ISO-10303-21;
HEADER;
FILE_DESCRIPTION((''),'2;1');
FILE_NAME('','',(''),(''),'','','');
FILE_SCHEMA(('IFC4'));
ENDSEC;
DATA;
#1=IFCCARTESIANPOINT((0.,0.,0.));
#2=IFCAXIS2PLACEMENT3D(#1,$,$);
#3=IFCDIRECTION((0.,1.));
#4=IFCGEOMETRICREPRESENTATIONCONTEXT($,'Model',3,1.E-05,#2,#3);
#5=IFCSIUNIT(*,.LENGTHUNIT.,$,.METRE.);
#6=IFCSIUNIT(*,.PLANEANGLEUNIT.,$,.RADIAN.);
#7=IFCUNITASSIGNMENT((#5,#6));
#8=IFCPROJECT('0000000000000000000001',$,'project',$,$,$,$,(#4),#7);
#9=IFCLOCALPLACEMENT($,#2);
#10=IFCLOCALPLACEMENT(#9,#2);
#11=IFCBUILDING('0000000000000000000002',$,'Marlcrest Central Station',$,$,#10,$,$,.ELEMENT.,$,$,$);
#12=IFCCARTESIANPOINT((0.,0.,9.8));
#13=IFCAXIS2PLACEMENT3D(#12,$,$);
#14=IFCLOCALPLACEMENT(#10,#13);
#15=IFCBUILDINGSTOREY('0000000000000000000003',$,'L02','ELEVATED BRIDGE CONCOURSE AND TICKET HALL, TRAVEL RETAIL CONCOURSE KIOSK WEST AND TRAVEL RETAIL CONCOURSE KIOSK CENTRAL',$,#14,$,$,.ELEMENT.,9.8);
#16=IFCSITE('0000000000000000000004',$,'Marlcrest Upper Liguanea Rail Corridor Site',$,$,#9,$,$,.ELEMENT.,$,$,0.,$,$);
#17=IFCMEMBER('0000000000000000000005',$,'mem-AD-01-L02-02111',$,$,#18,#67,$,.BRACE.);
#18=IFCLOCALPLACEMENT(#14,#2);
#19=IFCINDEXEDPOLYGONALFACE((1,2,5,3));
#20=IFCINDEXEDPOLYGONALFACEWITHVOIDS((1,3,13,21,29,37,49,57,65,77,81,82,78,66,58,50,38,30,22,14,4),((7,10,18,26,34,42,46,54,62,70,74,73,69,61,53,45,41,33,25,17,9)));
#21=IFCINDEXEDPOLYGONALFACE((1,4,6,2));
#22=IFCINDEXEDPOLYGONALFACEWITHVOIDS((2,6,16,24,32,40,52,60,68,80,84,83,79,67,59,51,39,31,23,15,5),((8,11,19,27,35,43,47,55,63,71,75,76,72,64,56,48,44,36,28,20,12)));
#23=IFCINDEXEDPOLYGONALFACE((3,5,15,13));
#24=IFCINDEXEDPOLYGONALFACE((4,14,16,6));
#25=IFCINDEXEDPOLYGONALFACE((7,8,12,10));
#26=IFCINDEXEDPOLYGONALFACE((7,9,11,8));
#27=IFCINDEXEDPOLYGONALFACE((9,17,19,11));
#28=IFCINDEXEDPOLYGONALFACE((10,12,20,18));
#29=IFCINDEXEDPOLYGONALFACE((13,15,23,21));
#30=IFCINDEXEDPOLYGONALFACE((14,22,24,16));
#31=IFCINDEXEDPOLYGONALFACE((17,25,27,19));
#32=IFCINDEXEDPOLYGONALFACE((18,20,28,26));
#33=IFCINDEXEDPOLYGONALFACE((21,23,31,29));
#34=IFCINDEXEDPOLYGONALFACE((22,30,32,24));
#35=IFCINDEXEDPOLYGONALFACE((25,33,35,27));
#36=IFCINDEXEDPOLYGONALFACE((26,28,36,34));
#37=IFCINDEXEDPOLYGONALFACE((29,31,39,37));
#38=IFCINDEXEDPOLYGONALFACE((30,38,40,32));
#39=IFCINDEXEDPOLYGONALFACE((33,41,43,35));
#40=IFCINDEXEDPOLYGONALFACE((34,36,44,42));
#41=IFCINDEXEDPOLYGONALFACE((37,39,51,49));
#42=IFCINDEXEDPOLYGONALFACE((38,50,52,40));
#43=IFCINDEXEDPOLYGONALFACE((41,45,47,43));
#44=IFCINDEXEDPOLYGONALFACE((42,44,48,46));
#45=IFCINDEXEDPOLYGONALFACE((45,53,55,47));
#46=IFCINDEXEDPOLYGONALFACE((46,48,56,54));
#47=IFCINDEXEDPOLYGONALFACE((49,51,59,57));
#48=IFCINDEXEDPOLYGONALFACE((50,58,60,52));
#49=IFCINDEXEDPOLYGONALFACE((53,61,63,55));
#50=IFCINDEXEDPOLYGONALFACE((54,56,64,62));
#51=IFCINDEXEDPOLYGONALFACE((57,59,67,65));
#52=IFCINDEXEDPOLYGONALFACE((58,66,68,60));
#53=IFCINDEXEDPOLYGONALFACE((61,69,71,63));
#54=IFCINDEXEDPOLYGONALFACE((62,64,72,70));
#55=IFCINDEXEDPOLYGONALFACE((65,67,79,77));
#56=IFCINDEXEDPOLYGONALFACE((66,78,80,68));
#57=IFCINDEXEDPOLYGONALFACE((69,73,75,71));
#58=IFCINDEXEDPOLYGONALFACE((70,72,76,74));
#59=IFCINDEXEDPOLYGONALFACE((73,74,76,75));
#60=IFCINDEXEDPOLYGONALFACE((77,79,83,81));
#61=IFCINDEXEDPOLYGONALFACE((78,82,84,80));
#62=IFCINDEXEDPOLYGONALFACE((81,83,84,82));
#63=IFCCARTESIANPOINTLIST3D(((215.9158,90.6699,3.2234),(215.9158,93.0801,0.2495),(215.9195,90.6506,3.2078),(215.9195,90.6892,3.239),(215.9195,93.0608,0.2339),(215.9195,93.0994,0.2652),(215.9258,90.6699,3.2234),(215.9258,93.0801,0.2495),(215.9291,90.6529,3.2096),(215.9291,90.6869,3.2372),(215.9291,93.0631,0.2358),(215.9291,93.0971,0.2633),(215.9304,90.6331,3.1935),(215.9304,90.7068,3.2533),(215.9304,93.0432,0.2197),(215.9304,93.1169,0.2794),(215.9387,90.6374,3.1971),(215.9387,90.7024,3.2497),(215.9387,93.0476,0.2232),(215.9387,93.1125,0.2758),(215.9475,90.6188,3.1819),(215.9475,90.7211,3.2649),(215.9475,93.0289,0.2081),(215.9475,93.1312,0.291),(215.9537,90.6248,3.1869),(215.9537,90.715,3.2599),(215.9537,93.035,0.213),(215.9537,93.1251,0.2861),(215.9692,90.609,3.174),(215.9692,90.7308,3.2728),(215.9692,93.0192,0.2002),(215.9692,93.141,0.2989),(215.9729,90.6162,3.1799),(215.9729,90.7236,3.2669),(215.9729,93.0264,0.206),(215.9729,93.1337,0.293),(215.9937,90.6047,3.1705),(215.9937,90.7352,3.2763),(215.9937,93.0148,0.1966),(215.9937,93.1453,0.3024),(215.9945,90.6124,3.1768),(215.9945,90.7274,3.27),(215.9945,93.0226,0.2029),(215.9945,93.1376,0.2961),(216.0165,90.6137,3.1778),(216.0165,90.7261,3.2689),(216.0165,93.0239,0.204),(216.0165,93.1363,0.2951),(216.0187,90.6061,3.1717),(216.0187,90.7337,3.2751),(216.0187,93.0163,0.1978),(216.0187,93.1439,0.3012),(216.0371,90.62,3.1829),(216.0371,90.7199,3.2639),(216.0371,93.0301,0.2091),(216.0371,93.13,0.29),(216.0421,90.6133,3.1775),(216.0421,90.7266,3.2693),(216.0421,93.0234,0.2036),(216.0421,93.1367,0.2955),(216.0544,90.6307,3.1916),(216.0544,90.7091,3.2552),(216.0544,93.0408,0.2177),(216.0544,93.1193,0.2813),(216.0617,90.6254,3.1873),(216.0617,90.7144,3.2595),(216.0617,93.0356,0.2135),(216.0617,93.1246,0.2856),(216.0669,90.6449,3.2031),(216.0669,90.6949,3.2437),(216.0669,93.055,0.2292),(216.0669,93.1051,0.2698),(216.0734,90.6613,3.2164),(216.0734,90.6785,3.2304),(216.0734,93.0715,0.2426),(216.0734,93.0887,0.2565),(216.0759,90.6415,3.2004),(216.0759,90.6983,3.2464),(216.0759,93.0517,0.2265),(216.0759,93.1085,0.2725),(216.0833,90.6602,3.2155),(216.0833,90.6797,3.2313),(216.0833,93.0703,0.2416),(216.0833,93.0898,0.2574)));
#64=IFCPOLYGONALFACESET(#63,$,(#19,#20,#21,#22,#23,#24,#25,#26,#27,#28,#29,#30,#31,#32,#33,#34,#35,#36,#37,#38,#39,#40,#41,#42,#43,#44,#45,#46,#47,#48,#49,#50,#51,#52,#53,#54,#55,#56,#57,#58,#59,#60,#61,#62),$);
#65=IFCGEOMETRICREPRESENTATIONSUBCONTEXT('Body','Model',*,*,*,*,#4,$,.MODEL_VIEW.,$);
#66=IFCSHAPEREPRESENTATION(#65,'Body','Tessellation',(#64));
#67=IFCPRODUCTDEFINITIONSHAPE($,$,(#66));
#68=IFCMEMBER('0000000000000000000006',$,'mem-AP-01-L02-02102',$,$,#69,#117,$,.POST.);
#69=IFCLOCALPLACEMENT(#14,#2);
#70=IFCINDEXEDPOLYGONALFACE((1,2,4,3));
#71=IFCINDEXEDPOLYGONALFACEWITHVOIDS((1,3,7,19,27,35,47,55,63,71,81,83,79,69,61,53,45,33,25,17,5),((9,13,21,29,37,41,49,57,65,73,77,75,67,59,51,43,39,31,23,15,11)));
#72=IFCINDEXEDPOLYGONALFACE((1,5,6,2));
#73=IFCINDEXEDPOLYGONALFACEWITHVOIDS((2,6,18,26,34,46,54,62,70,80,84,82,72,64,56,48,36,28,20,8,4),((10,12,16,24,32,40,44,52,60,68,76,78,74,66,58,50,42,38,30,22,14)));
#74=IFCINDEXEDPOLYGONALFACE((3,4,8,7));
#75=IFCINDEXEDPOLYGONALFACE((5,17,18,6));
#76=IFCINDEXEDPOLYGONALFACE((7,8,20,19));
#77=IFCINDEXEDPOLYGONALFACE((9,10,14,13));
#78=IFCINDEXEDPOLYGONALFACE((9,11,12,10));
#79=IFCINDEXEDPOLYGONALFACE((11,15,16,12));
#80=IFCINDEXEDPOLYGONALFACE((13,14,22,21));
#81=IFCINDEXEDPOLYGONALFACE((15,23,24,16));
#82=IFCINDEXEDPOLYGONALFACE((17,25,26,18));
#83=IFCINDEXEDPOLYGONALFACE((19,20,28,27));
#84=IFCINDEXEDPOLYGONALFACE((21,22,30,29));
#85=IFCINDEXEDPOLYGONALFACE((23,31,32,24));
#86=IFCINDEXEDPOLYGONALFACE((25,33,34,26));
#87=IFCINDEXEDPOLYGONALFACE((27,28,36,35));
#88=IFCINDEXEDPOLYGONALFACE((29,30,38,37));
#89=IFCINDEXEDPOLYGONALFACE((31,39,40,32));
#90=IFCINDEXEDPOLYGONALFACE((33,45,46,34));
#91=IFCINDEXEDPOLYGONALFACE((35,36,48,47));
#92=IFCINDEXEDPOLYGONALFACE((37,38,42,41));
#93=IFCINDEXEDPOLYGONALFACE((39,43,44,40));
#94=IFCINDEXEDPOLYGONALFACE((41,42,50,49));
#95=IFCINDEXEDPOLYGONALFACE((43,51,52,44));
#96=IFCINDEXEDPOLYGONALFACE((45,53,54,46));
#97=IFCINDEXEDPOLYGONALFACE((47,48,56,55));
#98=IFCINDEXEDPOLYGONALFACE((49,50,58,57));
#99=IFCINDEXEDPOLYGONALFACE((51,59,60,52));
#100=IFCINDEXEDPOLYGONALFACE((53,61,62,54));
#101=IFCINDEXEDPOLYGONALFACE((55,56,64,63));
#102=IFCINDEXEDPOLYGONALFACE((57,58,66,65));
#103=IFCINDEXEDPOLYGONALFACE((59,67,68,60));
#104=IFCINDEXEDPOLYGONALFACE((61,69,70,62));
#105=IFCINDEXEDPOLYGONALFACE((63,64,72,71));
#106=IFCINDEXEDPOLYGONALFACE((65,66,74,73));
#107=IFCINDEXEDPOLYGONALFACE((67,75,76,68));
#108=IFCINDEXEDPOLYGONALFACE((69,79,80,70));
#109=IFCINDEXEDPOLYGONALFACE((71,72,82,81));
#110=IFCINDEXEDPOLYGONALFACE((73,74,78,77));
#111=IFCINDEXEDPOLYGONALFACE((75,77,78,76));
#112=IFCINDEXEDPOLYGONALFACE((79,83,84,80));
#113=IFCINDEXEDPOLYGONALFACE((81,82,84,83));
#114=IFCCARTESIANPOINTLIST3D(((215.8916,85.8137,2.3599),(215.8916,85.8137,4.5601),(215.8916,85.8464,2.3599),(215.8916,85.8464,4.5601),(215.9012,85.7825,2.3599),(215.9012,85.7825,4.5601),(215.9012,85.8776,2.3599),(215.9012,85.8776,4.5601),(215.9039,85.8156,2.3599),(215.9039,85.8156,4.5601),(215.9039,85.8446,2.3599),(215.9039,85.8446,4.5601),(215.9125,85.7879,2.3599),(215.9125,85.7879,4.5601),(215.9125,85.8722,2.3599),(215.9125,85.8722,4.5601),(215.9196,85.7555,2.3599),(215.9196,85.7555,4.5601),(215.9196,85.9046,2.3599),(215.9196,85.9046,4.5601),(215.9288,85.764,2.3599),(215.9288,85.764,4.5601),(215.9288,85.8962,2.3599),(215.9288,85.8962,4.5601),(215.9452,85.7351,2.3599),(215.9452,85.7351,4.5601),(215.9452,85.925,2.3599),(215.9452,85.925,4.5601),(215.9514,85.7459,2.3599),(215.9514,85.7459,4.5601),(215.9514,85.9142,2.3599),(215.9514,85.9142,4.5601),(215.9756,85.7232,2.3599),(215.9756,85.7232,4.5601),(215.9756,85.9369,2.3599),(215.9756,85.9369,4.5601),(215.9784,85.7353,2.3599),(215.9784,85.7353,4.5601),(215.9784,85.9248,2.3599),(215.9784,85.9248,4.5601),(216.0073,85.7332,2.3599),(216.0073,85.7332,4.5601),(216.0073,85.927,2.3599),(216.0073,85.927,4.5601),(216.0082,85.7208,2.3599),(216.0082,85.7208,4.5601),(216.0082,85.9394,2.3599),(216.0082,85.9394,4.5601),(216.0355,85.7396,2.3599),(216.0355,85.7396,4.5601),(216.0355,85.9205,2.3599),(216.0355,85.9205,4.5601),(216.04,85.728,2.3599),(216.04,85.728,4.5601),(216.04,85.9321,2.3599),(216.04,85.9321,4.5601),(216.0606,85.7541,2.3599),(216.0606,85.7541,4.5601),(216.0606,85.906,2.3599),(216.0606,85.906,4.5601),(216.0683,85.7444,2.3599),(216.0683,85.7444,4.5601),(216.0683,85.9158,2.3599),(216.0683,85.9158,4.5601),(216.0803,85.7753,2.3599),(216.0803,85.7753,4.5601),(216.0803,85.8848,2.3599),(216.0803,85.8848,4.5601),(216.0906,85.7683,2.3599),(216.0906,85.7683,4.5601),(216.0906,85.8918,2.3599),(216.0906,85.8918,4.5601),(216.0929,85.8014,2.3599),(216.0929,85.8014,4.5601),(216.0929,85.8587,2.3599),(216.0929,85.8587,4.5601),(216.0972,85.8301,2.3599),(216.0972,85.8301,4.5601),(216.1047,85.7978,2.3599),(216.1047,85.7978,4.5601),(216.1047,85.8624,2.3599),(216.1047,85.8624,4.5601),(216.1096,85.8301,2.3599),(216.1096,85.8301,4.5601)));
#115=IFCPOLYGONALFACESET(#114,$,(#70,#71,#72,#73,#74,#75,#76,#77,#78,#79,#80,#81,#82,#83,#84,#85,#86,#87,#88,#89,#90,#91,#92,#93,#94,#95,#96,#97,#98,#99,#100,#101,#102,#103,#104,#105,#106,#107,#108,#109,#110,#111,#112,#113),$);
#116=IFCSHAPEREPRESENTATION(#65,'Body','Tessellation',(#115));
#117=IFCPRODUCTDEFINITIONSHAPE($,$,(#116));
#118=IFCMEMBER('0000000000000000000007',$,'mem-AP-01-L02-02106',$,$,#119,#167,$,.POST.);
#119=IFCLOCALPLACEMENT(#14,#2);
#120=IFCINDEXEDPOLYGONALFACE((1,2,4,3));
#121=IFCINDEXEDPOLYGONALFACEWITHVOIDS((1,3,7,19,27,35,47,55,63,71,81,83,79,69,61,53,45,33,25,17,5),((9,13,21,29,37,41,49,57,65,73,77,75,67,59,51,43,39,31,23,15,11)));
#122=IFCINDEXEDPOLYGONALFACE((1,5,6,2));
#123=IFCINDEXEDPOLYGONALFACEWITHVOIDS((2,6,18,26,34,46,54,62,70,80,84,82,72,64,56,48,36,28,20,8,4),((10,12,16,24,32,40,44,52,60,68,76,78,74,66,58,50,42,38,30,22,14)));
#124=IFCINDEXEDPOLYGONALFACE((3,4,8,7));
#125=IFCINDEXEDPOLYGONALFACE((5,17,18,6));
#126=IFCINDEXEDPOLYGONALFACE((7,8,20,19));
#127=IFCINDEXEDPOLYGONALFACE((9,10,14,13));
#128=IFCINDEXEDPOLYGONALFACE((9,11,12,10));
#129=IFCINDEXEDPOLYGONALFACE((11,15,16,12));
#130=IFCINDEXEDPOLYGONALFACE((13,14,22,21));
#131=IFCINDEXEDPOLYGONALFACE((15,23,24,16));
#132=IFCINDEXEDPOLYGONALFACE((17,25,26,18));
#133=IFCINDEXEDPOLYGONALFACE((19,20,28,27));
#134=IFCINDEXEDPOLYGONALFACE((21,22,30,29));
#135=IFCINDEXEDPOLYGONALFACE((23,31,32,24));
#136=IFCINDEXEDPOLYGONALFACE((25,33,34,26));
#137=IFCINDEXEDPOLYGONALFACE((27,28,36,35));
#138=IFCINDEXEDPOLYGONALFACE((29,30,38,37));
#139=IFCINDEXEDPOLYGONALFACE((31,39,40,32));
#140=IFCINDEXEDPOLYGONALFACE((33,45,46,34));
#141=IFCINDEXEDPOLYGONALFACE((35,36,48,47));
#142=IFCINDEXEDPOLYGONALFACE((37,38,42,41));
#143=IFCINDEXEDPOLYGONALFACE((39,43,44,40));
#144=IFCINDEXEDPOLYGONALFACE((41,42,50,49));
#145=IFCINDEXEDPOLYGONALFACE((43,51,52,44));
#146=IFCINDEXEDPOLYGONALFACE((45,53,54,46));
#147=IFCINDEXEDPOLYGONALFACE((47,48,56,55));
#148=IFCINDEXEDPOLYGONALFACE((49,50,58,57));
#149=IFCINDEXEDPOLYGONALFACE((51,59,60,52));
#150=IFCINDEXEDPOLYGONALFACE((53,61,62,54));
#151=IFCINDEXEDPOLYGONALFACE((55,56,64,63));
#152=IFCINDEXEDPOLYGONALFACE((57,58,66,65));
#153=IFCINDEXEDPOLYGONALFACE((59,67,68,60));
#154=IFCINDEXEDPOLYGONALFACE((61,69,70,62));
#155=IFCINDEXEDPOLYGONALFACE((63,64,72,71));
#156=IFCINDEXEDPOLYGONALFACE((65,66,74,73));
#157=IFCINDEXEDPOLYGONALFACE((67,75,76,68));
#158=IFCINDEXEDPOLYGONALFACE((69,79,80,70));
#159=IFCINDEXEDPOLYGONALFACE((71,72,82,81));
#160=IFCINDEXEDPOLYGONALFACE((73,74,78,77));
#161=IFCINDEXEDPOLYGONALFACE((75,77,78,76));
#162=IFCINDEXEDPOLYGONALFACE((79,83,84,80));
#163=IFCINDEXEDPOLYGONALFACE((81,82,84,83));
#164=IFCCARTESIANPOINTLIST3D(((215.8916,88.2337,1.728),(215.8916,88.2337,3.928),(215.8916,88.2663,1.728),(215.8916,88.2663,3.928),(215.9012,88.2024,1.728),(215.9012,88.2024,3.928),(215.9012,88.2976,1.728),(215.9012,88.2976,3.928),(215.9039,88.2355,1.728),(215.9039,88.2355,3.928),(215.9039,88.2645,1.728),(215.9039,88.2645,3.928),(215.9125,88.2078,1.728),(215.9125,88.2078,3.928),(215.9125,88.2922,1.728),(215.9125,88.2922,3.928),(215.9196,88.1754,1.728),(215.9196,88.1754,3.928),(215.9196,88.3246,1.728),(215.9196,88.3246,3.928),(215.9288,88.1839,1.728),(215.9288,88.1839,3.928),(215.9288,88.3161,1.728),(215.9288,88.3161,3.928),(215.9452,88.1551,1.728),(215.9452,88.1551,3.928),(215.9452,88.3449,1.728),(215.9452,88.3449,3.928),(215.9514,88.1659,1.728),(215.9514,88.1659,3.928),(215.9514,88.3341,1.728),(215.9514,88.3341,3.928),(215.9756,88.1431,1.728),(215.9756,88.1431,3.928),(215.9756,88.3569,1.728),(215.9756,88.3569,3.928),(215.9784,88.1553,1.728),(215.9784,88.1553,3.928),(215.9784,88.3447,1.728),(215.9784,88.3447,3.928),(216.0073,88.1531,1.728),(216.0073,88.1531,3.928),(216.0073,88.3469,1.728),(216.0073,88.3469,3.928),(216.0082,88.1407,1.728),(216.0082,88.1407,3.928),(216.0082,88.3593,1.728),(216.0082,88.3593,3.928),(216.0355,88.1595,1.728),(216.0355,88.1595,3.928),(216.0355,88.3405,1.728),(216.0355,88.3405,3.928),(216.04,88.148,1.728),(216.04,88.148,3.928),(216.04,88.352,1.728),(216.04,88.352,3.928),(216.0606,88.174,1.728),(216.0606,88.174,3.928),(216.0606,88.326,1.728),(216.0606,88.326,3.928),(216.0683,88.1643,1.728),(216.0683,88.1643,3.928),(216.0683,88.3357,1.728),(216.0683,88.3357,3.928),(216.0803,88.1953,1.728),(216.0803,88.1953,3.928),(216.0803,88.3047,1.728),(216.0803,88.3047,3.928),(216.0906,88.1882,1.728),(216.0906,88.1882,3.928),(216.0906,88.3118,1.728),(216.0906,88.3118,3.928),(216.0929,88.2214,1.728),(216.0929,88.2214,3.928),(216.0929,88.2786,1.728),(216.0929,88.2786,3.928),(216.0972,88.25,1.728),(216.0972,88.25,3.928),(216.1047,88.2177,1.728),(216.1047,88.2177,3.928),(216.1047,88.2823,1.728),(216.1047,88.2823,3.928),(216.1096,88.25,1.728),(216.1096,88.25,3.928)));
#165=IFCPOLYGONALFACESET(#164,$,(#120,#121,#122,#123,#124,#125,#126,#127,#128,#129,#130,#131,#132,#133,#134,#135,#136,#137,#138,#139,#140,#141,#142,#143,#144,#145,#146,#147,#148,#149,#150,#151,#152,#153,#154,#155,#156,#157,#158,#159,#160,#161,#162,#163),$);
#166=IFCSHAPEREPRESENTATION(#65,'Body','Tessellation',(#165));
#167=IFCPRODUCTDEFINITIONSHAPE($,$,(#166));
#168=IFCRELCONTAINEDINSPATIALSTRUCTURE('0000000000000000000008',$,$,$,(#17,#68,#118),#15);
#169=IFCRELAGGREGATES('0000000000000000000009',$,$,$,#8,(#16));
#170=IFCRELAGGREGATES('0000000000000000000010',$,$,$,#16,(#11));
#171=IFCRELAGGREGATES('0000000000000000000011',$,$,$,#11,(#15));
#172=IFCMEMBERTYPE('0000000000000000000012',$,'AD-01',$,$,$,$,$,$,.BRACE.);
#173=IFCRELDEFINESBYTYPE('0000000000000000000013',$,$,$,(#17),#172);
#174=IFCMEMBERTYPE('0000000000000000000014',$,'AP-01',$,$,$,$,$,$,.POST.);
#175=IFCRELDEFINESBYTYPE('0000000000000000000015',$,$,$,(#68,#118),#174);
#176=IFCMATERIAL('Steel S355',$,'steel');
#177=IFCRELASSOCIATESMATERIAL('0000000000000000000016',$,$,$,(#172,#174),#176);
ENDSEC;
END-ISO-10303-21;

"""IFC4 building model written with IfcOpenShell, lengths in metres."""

from ifc_helpers import new_model, si_unit, direction, frame, origin, origin_2d, place, context, subcontext, project, spatial, hollow_circle, extrude, material, material_profile, profile_set, type_object, element, save


model = new_model("IFC4")

# Units and contexts
model_context = context("Model", 3, precision=1e-05, world=origin(), true_north=direction((0.0, 1.0)))
body_context = subcontext(model_context, "Body", "Model", "MODEL_VIEW")
ifc_project = project(units=[si_unit("LENGTHUNIT", "METRE"), si_unit("PLANEANGLEUNIT", "RADIAN")], contexts=[model_context])

# Site, building, storey
site_placement = place(None, origin())
site = spatial("IfcSite", under=ifc_project, at=site_placement, Name="Marlcrest Upper Liguanea Rail Corridor Site", CompositionType="ELEMENT", RefElevation=0.0)
building_placement = place(site_placement, origin())
building = spatial("IfcBuilding", under=site, at=building_placement, Name="Marlcrest Central Station", CompositionType="ELEMENT")
storey_placement = place(building_placement, frame((0.0, 0.0, 9.8)))
storey = spatial("IfcBuildingStorey", under=building, at=storey_placement, Name="L02", Description="ELEVATED BRIDGE CONCOURSE AND TICKET HALL, TRAVEL RETAIL CONCOURSE KIOSK WEST AND TRAVEL RETAIL CONCOURSE KIOSK CENTRAL", CompositionType="ELEMENT", Elevation=9.8)

# Members
ifc_material = material(Name="Steel S355", Category="steel")
ifc_material_profile_1 = material_profile(ifc_material, hollow_circle(Radius=0.0842, WallThickness=0.01, at=origin_2d()), Name="CHS 168.3x10")
ifc_profile_set_1 = profile_set([ifc_material_profile_1], Name="Steel S355")
member_type_1 = type_object("IfcMemberType", Name="AD-01", PredefinedType="BRACE", material=ifc_profile_set_1)
member_1_placement = place(storey_placement, frame((216.0, 90.6699, 3.2234), z_axis=(0.0, 0.629629, -0.776896), x_axis=(-1.0, 0.0, 0.0)))
element("IfcMember", 1, at=member_1_placement, inside=storey, type_object=member_type_1, Name="mem-AD-01-L02-02111", PredefinedType="BRACE", context=body_context, shape_type="SweptSolid", body=[
    extrude(hollow_circle(Radius=0.0842, WallThickness=0.01, at=origin_2d()), origin(), (0.0, 0.0, 1.0), 3.8279),
])
ifc_material_profile_2 = material_profile(ifc_material, hollow_circle(Radius=0.1096, WallThickness=0.0125, at=origin_2d()), Name="CHS 219.1x12.5")
ifc_profile_set_2 = profile_set([ifc_material_profile_2], Name="Steel S355")
member_type_2 = type_object("IfcMemberType", Name="AP-01", PredefinedType="POST", material=ifc_profile_set_2)
member_2_placement = place(storey_placement, frame((216.0, 85.8301, 2.3599), z_axis=(0.0, 0.0, 1.0), x_axis=(1.0, 0.0, 0.0)))
element("IfcMember", 2, at=member_2_placement, inside=storey, type_object=member_type_2, Name="mem-AP-01-L02-02102", PredefinedType="POST", context=body_context, shape_type="SweptSolid", body=[
    extrude(hollow_circle(Radius=0.1096, WallThickness=0.0125, at=origin_2d()), origin(), (0.0, 0.0, 1.0), 2.2002),
])
for number, where, z_axis, x_axis, name in (
    (3, (216.0, 88.25, 1.728), (0.0, 0.0, 1.0), (1.0, 0.0, 0.0), "mem-AP-01-L02-02106"),
):
    element("IfcMember", number, at=place(storey_placement, frame(where, z_axis=z_axis, x_axis=x_axis)), inside=storey, type_object=member_type_2, Name=name, PredefinedType="POST", context=body_context, shape_type="SweptSolid", body=[
        extrude(hollow_circle(Radius=0.1096, WallThickness=0.0125, at=origin_2d()), origin(), (0.0, 0.0, 1.0), 2.2),
    ])

save(model, "model.ifc")
